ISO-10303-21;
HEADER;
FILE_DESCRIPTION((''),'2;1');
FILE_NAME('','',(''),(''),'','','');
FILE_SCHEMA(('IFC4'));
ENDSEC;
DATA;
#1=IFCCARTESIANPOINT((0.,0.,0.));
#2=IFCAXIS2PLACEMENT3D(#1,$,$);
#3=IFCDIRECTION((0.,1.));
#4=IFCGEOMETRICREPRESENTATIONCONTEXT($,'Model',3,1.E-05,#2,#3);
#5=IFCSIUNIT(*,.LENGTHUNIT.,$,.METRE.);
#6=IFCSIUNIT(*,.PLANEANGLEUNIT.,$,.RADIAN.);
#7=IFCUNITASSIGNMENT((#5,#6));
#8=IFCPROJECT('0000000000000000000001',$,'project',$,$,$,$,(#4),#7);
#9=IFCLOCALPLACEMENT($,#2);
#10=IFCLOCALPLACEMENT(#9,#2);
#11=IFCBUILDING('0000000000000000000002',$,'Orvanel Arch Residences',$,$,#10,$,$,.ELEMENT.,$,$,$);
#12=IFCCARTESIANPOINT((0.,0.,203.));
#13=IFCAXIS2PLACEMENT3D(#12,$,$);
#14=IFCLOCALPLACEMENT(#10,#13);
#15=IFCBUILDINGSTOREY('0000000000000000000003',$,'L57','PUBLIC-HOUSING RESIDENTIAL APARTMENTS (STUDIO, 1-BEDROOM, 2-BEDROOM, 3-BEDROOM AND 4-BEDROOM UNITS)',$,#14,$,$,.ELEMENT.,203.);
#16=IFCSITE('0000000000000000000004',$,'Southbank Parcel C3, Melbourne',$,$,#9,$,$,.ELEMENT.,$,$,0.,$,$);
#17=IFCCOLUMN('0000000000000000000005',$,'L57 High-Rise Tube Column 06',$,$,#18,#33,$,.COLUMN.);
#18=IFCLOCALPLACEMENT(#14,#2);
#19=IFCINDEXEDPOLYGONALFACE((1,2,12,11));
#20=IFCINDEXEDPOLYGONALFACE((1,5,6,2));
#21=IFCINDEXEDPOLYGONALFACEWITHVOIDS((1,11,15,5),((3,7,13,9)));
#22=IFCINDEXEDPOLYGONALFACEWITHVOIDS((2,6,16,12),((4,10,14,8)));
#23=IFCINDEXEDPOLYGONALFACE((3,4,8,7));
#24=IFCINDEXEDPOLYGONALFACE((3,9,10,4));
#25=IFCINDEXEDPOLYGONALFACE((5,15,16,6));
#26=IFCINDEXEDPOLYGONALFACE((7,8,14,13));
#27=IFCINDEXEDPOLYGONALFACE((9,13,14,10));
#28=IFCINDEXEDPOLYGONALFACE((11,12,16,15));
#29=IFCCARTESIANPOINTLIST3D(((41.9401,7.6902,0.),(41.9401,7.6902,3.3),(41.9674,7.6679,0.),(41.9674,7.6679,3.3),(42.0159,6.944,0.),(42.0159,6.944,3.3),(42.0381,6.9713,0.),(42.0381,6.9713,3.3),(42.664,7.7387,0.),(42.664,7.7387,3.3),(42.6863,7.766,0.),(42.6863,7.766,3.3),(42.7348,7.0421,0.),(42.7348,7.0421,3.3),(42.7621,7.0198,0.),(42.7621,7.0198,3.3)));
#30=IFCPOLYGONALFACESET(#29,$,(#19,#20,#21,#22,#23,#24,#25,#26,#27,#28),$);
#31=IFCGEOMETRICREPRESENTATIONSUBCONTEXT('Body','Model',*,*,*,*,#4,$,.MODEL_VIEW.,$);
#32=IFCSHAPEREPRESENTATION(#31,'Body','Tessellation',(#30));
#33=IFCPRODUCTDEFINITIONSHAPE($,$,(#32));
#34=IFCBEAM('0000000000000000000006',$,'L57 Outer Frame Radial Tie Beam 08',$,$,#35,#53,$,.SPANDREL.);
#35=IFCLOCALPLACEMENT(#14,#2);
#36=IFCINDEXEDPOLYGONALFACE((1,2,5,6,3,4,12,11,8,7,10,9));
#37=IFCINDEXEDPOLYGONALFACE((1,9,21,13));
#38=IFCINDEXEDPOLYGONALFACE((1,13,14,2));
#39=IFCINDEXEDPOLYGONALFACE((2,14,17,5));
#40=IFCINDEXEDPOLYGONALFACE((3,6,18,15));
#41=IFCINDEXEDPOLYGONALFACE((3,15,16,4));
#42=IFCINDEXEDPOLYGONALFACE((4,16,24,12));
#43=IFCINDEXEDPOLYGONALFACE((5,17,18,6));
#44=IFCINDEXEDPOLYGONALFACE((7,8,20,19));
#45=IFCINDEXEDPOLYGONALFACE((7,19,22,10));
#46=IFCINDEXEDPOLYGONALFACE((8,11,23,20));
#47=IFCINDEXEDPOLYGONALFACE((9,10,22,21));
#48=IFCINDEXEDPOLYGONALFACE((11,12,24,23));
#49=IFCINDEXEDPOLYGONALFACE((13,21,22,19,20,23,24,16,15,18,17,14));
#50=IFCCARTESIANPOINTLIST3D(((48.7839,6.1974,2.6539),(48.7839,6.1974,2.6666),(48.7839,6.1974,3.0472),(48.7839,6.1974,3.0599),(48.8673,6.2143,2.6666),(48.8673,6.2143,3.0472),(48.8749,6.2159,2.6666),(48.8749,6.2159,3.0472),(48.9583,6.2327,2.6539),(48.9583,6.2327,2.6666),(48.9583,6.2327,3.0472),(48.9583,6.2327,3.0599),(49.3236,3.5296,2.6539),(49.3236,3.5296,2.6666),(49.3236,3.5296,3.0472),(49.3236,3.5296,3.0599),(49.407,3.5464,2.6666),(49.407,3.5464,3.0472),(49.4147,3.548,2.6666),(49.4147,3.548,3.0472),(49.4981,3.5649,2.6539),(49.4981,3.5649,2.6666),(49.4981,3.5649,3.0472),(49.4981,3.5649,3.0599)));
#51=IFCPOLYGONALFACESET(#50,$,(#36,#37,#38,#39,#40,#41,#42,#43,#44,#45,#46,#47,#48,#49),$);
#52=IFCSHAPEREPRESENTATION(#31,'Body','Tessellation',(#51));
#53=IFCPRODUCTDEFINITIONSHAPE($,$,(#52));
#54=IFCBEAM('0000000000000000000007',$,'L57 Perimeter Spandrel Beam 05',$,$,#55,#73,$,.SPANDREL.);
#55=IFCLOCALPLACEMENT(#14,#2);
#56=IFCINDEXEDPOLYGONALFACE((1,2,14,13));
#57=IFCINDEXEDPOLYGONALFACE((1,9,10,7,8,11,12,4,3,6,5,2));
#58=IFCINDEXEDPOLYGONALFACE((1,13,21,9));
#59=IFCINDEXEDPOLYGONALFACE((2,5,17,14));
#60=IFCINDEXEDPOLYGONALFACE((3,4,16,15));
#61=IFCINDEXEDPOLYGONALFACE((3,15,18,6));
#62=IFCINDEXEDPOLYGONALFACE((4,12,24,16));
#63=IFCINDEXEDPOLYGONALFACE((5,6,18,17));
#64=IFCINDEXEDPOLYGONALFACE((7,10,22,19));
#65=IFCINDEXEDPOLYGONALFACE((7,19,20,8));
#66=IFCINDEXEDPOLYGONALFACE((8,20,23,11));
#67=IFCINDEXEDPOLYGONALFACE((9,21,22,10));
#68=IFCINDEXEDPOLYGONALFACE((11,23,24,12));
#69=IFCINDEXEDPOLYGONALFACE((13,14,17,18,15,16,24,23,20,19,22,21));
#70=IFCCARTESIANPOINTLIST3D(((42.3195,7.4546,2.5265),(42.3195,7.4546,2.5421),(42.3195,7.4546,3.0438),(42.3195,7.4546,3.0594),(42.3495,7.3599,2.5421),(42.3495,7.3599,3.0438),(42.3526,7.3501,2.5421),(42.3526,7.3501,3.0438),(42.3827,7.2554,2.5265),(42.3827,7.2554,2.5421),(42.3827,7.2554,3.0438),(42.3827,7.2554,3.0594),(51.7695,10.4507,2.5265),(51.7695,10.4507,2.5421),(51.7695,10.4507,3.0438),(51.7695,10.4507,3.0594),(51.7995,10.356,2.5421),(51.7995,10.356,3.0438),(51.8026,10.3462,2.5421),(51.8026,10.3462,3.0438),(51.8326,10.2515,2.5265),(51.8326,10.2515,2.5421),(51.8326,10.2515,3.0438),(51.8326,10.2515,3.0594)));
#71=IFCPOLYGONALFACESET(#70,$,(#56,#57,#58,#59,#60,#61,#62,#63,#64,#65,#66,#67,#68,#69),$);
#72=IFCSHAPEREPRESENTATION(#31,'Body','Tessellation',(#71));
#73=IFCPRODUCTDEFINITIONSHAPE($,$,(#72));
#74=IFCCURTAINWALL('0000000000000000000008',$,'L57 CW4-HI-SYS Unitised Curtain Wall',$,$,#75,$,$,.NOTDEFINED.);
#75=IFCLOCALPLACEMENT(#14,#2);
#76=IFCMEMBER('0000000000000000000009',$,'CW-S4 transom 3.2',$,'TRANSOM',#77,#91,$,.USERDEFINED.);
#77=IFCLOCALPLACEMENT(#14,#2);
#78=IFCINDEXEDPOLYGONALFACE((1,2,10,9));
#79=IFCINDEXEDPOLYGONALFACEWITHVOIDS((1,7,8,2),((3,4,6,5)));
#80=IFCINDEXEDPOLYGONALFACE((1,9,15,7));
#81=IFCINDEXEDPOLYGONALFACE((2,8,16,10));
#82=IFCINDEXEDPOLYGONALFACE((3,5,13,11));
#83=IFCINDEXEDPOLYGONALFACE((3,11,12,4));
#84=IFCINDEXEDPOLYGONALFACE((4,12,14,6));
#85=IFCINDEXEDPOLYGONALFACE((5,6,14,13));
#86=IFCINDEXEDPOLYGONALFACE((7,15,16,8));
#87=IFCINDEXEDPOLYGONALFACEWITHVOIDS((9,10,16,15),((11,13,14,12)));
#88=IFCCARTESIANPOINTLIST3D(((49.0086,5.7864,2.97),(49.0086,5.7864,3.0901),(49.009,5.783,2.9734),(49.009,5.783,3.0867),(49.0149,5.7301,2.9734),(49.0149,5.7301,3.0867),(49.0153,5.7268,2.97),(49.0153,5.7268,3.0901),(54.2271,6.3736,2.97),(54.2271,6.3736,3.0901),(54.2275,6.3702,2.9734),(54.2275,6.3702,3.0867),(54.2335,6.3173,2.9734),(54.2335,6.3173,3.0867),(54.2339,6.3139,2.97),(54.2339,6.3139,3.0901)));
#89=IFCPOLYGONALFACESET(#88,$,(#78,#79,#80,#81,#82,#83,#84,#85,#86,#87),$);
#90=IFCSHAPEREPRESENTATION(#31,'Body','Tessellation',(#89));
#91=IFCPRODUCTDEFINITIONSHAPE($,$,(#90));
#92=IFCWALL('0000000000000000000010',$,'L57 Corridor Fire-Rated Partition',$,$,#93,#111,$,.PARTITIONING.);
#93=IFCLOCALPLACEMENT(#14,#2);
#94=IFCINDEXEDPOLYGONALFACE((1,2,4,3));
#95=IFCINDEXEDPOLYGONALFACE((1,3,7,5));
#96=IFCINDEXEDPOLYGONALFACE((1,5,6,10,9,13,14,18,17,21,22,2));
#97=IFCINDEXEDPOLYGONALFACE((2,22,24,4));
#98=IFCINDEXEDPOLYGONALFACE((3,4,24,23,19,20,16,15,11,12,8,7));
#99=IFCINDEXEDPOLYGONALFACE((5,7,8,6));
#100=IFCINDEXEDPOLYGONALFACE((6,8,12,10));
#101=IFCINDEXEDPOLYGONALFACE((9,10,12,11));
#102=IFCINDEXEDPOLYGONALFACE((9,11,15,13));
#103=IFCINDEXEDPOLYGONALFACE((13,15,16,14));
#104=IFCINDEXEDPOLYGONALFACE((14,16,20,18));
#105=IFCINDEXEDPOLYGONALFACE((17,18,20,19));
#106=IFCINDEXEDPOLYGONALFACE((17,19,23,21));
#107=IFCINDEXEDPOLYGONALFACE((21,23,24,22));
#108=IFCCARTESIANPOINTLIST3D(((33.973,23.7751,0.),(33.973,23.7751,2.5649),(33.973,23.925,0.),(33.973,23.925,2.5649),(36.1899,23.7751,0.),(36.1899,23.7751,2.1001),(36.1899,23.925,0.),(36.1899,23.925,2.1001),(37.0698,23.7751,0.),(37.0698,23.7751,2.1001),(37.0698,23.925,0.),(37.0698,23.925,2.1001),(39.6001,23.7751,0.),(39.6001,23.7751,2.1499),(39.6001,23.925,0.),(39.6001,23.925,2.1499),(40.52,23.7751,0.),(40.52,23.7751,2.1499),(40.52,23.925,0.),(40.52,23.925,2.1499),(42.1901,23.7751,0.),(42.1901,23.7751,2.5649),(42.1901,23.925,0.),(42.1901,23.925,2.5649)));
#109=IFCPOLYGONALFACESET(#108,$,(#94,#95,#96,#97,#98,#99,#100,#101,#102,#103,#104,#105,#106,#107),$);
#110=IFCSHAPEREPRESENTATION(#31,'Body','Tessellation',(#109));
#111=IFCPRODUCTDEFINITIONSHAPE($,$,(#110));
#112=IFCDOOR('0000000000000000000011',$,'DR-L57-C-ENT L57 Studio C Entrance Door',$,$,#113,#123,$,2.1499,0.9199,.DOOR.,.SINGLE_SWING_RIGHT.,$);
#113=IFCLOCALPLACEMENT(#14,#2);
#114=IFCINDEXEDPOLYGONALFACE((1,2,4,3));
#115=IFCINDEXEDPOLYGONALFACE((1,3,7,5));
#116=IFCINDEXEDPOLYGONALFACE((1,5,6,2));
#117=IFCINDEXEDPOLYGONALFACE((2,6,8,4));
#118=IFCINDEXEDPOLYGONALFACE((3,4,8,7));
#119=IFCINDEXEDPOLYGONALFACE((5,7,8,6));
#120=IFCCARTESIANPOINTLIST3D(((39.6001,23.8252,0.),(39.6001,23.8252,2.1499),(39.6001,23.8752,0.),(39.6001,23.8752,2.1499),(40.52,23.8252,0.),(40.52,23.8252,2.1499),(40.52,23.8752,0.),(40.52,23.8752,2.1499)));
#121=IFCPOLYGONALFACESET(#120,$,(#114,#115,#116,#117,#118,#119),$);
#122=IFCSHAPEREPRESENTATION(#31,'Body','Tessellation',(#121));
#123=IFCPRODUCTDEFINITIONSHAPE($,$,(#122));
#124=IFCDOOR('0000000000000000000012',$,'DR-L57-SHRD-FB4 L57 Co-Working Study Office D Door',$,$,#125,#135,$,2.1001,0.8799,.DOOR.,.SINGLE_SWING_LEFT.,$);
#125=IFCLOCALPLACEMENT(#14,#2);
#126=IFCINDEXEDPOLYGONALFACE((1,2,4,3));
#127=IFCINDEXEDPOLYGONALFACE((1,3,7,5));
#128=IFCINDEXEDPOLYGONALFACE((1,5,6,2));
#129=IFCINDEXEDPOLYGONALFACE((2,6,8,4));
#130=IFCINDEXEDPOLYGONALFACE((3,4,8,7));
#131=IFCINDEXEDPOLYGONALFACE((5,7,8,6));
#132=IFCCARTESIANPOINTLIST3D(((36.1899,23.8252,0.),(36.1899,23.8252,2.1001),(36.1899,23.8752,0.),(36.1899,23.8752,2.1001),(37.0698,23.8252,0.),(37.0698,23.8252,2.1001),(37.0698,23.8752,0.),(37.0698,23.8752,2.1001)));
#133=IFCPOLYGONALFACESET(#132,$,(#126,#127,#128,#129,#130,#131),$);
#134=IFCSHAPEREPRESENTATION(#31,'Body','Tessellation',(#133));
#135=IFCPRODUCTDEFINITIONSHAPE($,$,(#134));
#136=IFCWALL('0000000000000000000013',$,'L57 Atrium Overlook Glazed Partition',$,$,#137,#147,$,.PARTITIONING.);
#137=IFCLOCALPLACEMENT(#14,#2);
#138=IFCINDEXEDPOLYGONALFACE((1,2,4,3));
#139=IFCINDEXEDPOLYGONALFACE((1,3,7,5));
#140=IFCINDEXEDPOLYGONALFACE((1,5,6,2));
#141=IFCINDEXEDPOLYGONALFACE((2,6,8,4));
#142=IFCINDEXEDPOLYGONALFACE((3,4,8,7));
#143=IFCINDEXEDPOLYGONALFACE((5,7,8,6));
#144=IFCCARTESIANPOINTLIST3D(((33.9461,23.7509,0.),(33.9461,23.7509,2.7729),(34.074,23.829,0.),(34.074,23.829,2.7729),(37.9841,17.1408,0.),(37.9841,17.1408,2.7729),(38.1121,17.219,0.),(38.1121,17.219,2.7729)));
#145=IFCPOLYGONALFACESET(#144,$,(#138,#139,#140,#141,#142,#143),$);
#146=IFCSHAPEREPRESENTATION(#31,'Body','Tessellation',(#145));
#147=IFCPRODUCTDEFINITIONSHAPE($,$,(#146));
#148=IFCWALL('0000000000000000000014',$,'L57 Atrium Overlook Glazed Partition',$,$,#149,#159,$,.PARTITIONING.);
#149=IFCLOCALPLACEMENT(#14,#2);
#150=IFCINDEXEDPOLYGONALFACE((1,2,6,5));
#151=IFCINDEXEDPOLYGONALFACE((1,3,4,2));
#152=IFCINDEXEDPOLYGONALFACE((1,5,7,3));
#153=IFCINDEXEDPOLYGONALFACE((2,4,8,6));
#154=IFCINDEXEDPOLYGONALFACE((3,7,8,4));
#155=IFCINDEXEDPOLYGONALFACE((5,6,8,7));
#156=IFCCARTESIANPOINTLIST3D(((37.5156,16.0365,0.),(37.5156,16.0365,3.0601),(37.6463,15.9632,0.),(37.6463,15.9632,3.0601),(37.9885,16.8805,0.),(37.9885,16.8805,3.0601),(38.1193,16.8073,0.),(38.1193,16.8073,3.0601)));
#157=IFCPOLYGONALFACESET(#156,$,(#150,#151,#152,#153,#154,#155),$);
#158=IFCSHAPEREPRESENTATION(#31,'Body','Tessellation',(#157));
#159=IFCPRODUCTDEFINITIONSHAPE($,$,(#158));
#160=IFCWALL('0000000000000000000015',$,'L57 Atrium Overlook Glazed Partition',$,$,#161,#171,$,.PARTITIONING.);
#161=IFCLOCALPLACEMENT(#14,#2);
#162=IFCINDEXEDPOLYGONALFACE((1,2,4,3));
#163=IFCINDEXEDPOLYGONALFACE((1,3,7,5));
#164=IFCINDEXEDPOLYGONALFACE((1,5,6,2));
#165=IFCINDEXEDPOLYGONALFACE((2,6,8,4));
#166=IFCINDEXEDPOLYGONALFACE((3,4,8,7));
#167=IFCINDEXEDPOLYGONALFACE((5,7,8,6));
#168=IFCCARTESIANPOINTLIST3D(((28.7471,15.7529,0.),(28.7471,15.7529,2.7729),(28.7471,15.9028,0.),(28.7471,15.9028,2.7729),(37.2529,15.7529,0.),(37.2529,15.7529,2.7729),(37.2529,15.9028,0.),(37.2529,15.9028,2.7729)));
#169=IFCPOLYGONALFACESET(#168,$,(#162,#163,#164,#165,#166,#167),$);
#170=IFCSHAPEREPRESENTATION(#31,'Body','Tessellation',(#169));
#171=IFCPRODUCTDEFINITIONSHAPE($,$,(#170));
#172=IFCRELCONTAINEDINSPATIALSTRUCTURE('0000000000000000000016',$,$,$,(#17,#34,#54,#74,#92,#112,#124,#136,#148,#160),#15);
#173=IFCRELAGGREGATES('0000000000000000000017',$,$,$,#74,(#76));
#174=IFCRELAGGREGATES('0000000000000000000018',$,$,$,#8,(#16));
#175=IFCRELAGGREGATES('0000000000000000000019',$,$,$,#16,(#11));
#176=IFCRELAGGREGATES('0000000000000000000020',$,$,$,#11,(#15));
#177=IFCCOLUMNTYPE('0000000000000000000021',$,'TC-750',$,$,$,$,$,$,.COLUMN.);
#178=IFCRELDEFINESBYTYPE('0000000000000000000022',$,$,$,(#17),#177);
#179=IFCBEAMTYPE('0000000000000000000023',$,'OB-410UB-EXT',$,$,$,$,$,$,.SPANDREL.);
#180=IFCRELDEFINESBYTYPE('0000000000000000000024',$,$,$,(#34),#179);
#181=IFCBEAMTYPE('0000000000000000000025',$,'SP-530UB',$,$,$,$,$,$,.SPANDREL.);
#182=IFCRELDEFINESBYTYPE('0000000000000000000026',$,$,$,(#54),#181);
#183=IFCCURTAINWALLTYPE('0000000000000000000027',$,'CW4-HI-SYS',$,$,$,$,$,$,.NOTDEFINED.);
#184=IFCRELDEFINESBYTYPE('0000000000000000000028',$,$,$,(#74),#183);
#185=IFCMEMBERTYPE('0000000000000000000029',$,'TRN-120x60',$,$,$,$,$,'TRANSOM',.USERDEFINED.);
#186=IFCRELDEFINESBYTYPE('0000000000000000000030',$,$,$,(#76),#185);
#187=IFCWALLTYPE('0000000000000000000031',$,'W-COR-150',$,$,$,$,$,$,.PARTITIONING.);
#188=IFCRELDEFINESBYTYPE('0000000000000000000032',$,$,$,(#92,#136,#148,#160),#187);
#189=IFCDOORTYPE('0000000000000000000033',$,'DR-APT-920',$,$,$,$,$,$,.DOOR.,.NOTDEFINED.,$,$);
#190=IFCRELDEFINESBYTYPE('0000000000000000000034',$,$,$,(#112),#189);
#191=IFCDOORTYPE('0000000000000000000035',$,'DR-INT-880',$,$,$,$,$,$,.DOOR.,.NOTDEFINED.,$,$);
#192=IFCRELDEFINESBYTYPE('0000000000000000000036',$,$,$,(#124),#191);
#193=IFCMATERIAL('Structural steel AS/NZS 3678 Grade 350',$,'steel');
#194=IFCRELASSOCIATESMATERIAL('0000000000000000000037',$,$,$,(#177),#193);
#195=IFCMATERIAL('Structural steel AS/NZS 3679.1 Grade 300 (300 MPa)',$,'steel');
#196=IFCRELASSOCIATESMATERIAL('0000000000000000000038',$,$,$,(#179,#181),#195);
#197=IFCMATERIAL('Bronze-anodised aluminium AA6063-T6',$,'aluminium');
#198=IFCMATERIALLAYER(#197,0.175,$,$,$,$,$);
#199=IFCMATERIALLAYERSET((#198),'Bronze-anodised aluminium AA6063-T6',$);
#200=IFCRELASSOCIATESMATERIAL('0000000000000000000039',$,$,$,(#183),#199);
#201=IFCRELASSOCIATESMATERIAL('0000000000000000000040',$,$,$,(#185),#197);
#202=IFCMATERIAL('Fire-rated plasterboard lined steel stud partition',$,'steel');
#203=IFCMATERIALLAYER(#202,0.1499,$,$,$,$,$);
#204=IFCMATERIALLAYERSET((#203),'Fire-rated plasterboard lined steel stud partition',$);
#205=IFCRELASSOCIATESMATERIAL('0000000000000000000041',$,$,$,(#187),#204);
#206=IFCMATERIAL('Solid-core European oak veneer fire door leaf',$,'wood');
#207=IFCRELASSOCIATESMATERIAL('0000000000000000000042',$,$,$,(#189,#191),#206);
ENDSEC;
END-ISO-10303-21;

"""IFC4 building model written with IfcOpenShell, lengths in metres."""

from ifc_helpers import new_model, si_unit, direction, frame, frame_2d, origin, origin_2d, place, context, subcontext, project, spatial, rectangle, hollow_rectangle, i_section, extrude, material, layer, layer_set, material_profile, profile_set, type_object, element, fill, aggregate, save


model = new_model("IFC4")

# Units and contexts
model_context = context("Model", 3, precision=1e-05, world=origin(), true_north=direction((0.0, 1.0)))
body_context = subcontext(model_context, "Body", "Model", "MODEL_VIEW")
ifc_project = project(units=[si_unit("LENGTHUNIT", "METRE"), si_unit("PLANEANGLEUNIT", "RADIAN")], contexts=[model_context])

# Site, building, storey
site_placement = place(None, origin())
site = spatial("IfcSite", under=ifc_project, at=site_placement, Name="Southbank Parcel C3, Melbourne", CompositionType="ELEMENT", RefElevation=0.0)
building_placement = place(site_placement, origin())
building = spatial("IfcBuilding", under=site, at=building_placement, Name="Orvanel Arch Residences", CompositionType="ELEMENT")
storey_placement = place(building_placement, frame((0.0, 0.0, 203.0)))
storey = spatial("IfcBuildingStorey", under=building, at=storey_placement, Name="L57", Description="PUBLIC-HOUSING RESIDENTIAL APARTMENTS (STUDIO, 1-BEDROOM, 2-BEDROOM, 3-BEDROOM AND 4-BEDROOM UNITS)", CompositionType="ELEMENT", Elevation=203.0)

# Column
ifc_material_1 = material(Name="Structural steel AS/NZS 3678 Grade 350", Category="steel")
ifc_material_profile_1 = material_profile(ifc_material_1, hollow_rectangle(XDim=0.75, YDim=0.75, WallThickness=0.0249, at=origin_2d()), Name="BOX750x750x25")
ifc_profile_set_1 = profile_set([ifc_material_profile_1], Name="Structural steel AS/NZS 3678 Grade 350")
column_type = type_object("IfcColumnType", Name="TC-750", PredefinedType="COLUMN", material=ifc_profile_set_1)
column_placement = place(storey_placement, frame((42.3511, 7.355, 0.0), z_axis=(0.0, 0.0, 1.0), x_axis=(0.994881, 0.101056, 0.0)))
element("IfcColumn", 1, at=column_placement, inside=storey, type_object=column_type, Name="L57 High-Rise Tube Column 06", PredefinedType="COLUMN", context=body_context, shape_type="SweptSolid", body=[
    extrude(hollow_rectangle(XDim=0.75, YDim=0.75, WallThickness=0.0249, at=origin_2d()), origin(), (0.0, 0.0, 1.0), 3.3),
])

# Beams
ifc_material_2 = material(Name="Structural steel AS/NZS 3679.1 Grade 300 (300 MPa)", Category="steel")
ifc_material_profile_2 = material_profile(ifc_material_2, i_section(OverallWidth=0.178, OverallDepth=0.406, WebThickness=0.0078, FlangeThickness=0.0127, at=origin_2d()), Name="410UB59.7")
ifc_profile_set_2 = profile_set([ifc_material_profile_2], Name="Structural steel AS/NZS 3679.1 Grade 300 (300 MPa)")
beam_type_1 = type_object("IfcBeamType", Name="OB-410UB-EXT", PredefinedType="SPANDREL", material=ifc_profile_set_2)
beam_1_placement = place(storey_placement, frame((48.8711, 6.2151, 2.8569), z_axis=(0.198306, -0.98014, 0.0), x_axis=(0.98014, 0.198306, 0.0)))
element("IfcBeam", 2, at=beam_1_placement, inside=storey, type_object=beam_type_1, Name="L57 Outer Frame Radial Tie Beam 08", PredefinedType="SPANDREL", context=body_context, shape_type="SweptSolid", body=[
    extrude(i_section(OverallWidth=0.178, OverallDepth=0.406, WebThickness=0.0078, FlangeThickness=0.0127, at=origin_2d()), origin(), (0.0, 0.0, 1.0), 2.7219),
])
ifc_material_profile_3 = material_profile(ifc_material_2, i_section(OverallWidth=0.209, OverallDepth=0.533, WebThickness=0.0103, FlangeThickness=0.0156, at=origin_2d()), Name="530UB92.4")
ifc_profile_set_3 = profile_set([ifc_material_profile_3], Name="Structural steel AS/NZS 3679.1 Grade 300 (300 MPa)")
beam_type_2 = type_object("IfcBeamType", Name="SP-530UB", PredefinedType="SPANDREL", material=ifc_profile_set_3)
beam_2_placement = place(storey_placement, frame((42.3511, 7.355, 2.793), z_axis=(0.953237, 0.302223, 0.0), x_axis=(-0.302223, 0.953237, 0.0)))
element("IfcBeam", 3, at=beam_2_placement, inside=storey, type_object=beam_type_2, Name="L57 Perimeter Spandrel Beam 05", PredefinedType="SPANDREL", context=body_context, shape_type="SweptSolid", body=[
    extrude(i_section(OverallWidth=0.209, OverallDepth=0.533, WebThickness=0.0103, FlangeThickness=0.0156, at=origin_2d()), origin(), (0.0, 0.0, 1.0), 9.9136),
])

# Curtain wall, member
ifc_material_3 = material(Name="Bronze-anodised aluminium AA6063-T6", Category="aluminium")
ifc_layer_1 = layer(ifc_material_3, 0.175)
ifc_layer_set_1 = layer_set([ifc_layer_1], Name="Bronze-anodised aluminium AA6063-T6")
curtain_wall_type = type_object("IfcCurtainWallType", Name="CW4-HI-SYS", PredefinedType="NOTDEFINED", material=ifc_layer_set_1)
curtain_wall_placement = place(storey_placement, origin())
curtain_wall = element("IfcCurtainWall", 4, at=curtain_wall_placement, inside=storey, type_object=curtain_wall_type, Name="L57 CW4-HI-SYS Unitised Curtain Wall", PredefinedType="NOTDEFINED")
ifc_material_profile_4 = material_profile(ifc_material_3, hollow_rectangle(XDim=0.0601, YDim=0.1201, WallThickness=0.0034, at=origin_2d()), Name="ALU120x60x3.5")
ifc_profile_set_4 = profile_set([ifc_material_profile_4], Name="Bronze-anodised aluminium AA6063-T6")
member_type = type_object("IfcMemberType", Name="TRN-120x60", ElementType="TRANSOM", PredefinedType="USERDEFINED", material=ifc_profile_set_4)
member_placement = place(storey_placement, frame((49.012, 5.7566, 3.03), z_axis=(0.99373, 0.111809, 0.0), x_axis=(-0.111809, 0.99373, 0.0)))
member = element("IfcMember", 5, at=member_placement, type_object=member_type, Name="CW-S4 transom 3.2", ObjectType="TRANSOM", PredefinedType="USERDEFINED", context=body_context, shape_type="SweptSolid", body=[
    extrude(hollow_rectangle(XDim=0.0601, YDim=0.1201, WallThickness=0.0034, at=origin_2d()), origin(), (0.0, 0.0, 1.0), 5.2515),
])
aggregate(curtain_wall, [member])

# Wall, openings, doors
ifc_material_4 = material(Name="Fire-rated plasterboard lined steel stud partition", Category="steel")
ifc_layer_2 = layer(ifc_material_4, 0.1499)
ifc_layer_set_2 = layer_set([ifc_layer_2], Name="Fire-rated plasterboard lined steel stud partition")
wall_type_1 = type_object("IfcWallType", Name="W-COR-150", PredefinedType="PARTITIONING", material=ifc_layer_set_2)
wall_1_placement = place(storey_placement, frame((42.1899, 23.8501, 0.0), z_axis=(0.0, 0.0, 1.0), x_axis=(-1.0, 0.0, 0.0)))
wall_1 = element("IfcWall", 6, at=wall_1_placement, inside=storey, type_object=wall_type_1, Name="L57 Corridor Fire-Rated Partition", PredefinedType="PARTITIONING", context=body_context, shape_type="SweptSolid", body=[
    extrude(rectangle(XDim=8.217, YDim=0.1499, at=frame_2d((4.1084, 0.0))), origin(), (0.0, 0.0, 1.0), 2.5649),
])
opening_1_placement = place(wall_1_placement, frame((1.6699, 0.0, 0.0)))
opening_1 = element("IfcOpeningElement", 7, at=opening_1_placement, cuts=wall_1, PredefinedType="OPENING", context=body_context, shape_type="SweptSolid", body=[
    extrude(rectangle(XDim=0.9199, YDim=2.1499, at=frame_2d((0.46, 1.075))), frame((0.0, 0.085, 0.0), z_axis=(0.0, -1.0, 0.0), x_axis=(1.0, 0.0, 0.0)), (0.0, 0.0, 1.0), 0.1699),
])
opening_2_placement = place(wall_1_placement, frame((5.1201, 0.0, 0.0)))
opening_2 = element("IfcOpeningElement", 8, at=opening_2_placement, cuts=wall_1, PredefinedType="OPENING", context=body_context, shape_type="SweptSolid", body=[
    extrude(rectangle(XDim=0.8799, YDim=2.1001, at=frame_2d((0.4399, 1.05))), frame((0.0, 0.085, 0.0), z_axis=(0.0, -1.0, 0.0), x_axis=(1.0, 0.0, 0.0)), (0.0, 0.0, 1.0), 0.1699),
])
ifc_material_5 = material(Name="Solid-core European oak veneer fire door leaf", Category="wood")
door_type_1 = type_object("IfcDoorType", Name="DR-APT-920", OperationType="NOTDEFINED", PredefinedType="DOOR", material=ifc_material_5)
door_1_placement = place(opening_1_placement, origin())
door_1 = element("IfcDoor", 9, at=door_1_placement, inside=storey, type_object=door_type_1, Name="DR-L57-C-ENT L57 Studio C Entrance Door", OperationType="SINGLE_SWING_RIGHT", OverallHeight=2.1499, OverallWidth=0.9199, PredefinedType="DOOR", context=body_context, shape_type="SweptSolid", body=[
    extrude(rectangle(XDim=0.9199, YDim=2.1499, at=frame_2d((0.46, 1.075))), frame((0.0, 0.0249, 0.0), z_axis=(0.0, -1.0, 0.0), x_axis=(1.0, 0.0, 0.0)), (0.0, 0.0, 1.0), 0.05),
])
fill(opening_1, door_1)
door_type_2 = type_object("IfcDoorType", Name="DR-INT-880", OperationType="NOTDEFINED", PredefinedType="DOOR", material=ifc_material_5)
door_2_placement = place(opening_2_placement, origin())
door_2 = element("IfcDoor", 10, at=door_2_placement, inside=storey, type_object=door_type_2, Name="DR-L57-SHRD-FB4 L57 Co-Working Study Office D Door", OperationType="SINGLE_SWING_LEFT", OverallHeight=2.1001, OverallWidth=0.8799, PredefinedType="DOOR", context=body_context, shape_type="SweptSolid", body=[
    extrude(rectangle(XDim=0.8799, YDim=2.1001, at=frame_2d((0.4399, 1.05))), frame((0.0, 0.0249, 0.0), z_axis=(0.0, -1.0, 0.0), x_axis=(1.0, 0.0, 0.0)), (0.0, 0.0, 1.0), 0.05),
])
fill(opening_2, door_2)

# Walls
wall_2_placement = place(storey_placement, frame((34.01, 23.79, 0.0), z_axis=(0.0, 0.0, 1.0), x_axis=(0.521316, -0.853364, 0.0)))
element("IfcWall", 11, at=wall_2_placement, inside=storey, type_object=wall_type_1, Name="L57 Atrium Overlook Glazed Partition", PredefinedType="PARTITIONING", context=body_context, shape_type="SweptSolid", body=[
    extrude(rectangle(XDim=7.7458, YDim=0.1499, at=frame_2d((3.873, 0.0))), origin(), (0.0, 0.0, 1.0), 2.7729),
])
wall_3_placement = place(storey_placement, frame((38.054, 16.844, 0.0), z_axis=(0.0, 0.0, 1.0), x_axis=(-0.488811, -0.87239, 0.0)))
element("IfcWall", 12, at=wall_3_placement, inside=storey, type_object=wall_type_1, Name="L57 Atrium Overlook Glazed Partition", PredefinedType="PARTITIONING", context=body_context, shape_type="SweptSolid", body=[
    extrude(rectangle(XDim=0.9675, YDim=0.1499, at=frame_2d((0.4839, 0.0))), origin(), (0.0, 0.0, 1.0), 3.0601),
])
wall_4_placement = place(storey_placement, frame((37.2529, 15.8279, 0.0), z_axis=(0.0, 0.0, 1.0), x_axis=(-1.0, 0.0, 0.0)))
element("IfcWall", 13, at=wall_4_placement, inside=storey, type_object=wall_type_1, Name="L57 Atrium Overlook Glazed Partition", PredefinedType="PARTITIONING", context=body_context, shape_type="SweptSolid", body=[
    extrude(rectangle(XDim=8.5059, YDim=0.1499, at=frame_2d((4.2529, 0.0))), origin(), (0.0, 0.0, 1.0), 2.7729),
])

save(model, "model.ifc")
